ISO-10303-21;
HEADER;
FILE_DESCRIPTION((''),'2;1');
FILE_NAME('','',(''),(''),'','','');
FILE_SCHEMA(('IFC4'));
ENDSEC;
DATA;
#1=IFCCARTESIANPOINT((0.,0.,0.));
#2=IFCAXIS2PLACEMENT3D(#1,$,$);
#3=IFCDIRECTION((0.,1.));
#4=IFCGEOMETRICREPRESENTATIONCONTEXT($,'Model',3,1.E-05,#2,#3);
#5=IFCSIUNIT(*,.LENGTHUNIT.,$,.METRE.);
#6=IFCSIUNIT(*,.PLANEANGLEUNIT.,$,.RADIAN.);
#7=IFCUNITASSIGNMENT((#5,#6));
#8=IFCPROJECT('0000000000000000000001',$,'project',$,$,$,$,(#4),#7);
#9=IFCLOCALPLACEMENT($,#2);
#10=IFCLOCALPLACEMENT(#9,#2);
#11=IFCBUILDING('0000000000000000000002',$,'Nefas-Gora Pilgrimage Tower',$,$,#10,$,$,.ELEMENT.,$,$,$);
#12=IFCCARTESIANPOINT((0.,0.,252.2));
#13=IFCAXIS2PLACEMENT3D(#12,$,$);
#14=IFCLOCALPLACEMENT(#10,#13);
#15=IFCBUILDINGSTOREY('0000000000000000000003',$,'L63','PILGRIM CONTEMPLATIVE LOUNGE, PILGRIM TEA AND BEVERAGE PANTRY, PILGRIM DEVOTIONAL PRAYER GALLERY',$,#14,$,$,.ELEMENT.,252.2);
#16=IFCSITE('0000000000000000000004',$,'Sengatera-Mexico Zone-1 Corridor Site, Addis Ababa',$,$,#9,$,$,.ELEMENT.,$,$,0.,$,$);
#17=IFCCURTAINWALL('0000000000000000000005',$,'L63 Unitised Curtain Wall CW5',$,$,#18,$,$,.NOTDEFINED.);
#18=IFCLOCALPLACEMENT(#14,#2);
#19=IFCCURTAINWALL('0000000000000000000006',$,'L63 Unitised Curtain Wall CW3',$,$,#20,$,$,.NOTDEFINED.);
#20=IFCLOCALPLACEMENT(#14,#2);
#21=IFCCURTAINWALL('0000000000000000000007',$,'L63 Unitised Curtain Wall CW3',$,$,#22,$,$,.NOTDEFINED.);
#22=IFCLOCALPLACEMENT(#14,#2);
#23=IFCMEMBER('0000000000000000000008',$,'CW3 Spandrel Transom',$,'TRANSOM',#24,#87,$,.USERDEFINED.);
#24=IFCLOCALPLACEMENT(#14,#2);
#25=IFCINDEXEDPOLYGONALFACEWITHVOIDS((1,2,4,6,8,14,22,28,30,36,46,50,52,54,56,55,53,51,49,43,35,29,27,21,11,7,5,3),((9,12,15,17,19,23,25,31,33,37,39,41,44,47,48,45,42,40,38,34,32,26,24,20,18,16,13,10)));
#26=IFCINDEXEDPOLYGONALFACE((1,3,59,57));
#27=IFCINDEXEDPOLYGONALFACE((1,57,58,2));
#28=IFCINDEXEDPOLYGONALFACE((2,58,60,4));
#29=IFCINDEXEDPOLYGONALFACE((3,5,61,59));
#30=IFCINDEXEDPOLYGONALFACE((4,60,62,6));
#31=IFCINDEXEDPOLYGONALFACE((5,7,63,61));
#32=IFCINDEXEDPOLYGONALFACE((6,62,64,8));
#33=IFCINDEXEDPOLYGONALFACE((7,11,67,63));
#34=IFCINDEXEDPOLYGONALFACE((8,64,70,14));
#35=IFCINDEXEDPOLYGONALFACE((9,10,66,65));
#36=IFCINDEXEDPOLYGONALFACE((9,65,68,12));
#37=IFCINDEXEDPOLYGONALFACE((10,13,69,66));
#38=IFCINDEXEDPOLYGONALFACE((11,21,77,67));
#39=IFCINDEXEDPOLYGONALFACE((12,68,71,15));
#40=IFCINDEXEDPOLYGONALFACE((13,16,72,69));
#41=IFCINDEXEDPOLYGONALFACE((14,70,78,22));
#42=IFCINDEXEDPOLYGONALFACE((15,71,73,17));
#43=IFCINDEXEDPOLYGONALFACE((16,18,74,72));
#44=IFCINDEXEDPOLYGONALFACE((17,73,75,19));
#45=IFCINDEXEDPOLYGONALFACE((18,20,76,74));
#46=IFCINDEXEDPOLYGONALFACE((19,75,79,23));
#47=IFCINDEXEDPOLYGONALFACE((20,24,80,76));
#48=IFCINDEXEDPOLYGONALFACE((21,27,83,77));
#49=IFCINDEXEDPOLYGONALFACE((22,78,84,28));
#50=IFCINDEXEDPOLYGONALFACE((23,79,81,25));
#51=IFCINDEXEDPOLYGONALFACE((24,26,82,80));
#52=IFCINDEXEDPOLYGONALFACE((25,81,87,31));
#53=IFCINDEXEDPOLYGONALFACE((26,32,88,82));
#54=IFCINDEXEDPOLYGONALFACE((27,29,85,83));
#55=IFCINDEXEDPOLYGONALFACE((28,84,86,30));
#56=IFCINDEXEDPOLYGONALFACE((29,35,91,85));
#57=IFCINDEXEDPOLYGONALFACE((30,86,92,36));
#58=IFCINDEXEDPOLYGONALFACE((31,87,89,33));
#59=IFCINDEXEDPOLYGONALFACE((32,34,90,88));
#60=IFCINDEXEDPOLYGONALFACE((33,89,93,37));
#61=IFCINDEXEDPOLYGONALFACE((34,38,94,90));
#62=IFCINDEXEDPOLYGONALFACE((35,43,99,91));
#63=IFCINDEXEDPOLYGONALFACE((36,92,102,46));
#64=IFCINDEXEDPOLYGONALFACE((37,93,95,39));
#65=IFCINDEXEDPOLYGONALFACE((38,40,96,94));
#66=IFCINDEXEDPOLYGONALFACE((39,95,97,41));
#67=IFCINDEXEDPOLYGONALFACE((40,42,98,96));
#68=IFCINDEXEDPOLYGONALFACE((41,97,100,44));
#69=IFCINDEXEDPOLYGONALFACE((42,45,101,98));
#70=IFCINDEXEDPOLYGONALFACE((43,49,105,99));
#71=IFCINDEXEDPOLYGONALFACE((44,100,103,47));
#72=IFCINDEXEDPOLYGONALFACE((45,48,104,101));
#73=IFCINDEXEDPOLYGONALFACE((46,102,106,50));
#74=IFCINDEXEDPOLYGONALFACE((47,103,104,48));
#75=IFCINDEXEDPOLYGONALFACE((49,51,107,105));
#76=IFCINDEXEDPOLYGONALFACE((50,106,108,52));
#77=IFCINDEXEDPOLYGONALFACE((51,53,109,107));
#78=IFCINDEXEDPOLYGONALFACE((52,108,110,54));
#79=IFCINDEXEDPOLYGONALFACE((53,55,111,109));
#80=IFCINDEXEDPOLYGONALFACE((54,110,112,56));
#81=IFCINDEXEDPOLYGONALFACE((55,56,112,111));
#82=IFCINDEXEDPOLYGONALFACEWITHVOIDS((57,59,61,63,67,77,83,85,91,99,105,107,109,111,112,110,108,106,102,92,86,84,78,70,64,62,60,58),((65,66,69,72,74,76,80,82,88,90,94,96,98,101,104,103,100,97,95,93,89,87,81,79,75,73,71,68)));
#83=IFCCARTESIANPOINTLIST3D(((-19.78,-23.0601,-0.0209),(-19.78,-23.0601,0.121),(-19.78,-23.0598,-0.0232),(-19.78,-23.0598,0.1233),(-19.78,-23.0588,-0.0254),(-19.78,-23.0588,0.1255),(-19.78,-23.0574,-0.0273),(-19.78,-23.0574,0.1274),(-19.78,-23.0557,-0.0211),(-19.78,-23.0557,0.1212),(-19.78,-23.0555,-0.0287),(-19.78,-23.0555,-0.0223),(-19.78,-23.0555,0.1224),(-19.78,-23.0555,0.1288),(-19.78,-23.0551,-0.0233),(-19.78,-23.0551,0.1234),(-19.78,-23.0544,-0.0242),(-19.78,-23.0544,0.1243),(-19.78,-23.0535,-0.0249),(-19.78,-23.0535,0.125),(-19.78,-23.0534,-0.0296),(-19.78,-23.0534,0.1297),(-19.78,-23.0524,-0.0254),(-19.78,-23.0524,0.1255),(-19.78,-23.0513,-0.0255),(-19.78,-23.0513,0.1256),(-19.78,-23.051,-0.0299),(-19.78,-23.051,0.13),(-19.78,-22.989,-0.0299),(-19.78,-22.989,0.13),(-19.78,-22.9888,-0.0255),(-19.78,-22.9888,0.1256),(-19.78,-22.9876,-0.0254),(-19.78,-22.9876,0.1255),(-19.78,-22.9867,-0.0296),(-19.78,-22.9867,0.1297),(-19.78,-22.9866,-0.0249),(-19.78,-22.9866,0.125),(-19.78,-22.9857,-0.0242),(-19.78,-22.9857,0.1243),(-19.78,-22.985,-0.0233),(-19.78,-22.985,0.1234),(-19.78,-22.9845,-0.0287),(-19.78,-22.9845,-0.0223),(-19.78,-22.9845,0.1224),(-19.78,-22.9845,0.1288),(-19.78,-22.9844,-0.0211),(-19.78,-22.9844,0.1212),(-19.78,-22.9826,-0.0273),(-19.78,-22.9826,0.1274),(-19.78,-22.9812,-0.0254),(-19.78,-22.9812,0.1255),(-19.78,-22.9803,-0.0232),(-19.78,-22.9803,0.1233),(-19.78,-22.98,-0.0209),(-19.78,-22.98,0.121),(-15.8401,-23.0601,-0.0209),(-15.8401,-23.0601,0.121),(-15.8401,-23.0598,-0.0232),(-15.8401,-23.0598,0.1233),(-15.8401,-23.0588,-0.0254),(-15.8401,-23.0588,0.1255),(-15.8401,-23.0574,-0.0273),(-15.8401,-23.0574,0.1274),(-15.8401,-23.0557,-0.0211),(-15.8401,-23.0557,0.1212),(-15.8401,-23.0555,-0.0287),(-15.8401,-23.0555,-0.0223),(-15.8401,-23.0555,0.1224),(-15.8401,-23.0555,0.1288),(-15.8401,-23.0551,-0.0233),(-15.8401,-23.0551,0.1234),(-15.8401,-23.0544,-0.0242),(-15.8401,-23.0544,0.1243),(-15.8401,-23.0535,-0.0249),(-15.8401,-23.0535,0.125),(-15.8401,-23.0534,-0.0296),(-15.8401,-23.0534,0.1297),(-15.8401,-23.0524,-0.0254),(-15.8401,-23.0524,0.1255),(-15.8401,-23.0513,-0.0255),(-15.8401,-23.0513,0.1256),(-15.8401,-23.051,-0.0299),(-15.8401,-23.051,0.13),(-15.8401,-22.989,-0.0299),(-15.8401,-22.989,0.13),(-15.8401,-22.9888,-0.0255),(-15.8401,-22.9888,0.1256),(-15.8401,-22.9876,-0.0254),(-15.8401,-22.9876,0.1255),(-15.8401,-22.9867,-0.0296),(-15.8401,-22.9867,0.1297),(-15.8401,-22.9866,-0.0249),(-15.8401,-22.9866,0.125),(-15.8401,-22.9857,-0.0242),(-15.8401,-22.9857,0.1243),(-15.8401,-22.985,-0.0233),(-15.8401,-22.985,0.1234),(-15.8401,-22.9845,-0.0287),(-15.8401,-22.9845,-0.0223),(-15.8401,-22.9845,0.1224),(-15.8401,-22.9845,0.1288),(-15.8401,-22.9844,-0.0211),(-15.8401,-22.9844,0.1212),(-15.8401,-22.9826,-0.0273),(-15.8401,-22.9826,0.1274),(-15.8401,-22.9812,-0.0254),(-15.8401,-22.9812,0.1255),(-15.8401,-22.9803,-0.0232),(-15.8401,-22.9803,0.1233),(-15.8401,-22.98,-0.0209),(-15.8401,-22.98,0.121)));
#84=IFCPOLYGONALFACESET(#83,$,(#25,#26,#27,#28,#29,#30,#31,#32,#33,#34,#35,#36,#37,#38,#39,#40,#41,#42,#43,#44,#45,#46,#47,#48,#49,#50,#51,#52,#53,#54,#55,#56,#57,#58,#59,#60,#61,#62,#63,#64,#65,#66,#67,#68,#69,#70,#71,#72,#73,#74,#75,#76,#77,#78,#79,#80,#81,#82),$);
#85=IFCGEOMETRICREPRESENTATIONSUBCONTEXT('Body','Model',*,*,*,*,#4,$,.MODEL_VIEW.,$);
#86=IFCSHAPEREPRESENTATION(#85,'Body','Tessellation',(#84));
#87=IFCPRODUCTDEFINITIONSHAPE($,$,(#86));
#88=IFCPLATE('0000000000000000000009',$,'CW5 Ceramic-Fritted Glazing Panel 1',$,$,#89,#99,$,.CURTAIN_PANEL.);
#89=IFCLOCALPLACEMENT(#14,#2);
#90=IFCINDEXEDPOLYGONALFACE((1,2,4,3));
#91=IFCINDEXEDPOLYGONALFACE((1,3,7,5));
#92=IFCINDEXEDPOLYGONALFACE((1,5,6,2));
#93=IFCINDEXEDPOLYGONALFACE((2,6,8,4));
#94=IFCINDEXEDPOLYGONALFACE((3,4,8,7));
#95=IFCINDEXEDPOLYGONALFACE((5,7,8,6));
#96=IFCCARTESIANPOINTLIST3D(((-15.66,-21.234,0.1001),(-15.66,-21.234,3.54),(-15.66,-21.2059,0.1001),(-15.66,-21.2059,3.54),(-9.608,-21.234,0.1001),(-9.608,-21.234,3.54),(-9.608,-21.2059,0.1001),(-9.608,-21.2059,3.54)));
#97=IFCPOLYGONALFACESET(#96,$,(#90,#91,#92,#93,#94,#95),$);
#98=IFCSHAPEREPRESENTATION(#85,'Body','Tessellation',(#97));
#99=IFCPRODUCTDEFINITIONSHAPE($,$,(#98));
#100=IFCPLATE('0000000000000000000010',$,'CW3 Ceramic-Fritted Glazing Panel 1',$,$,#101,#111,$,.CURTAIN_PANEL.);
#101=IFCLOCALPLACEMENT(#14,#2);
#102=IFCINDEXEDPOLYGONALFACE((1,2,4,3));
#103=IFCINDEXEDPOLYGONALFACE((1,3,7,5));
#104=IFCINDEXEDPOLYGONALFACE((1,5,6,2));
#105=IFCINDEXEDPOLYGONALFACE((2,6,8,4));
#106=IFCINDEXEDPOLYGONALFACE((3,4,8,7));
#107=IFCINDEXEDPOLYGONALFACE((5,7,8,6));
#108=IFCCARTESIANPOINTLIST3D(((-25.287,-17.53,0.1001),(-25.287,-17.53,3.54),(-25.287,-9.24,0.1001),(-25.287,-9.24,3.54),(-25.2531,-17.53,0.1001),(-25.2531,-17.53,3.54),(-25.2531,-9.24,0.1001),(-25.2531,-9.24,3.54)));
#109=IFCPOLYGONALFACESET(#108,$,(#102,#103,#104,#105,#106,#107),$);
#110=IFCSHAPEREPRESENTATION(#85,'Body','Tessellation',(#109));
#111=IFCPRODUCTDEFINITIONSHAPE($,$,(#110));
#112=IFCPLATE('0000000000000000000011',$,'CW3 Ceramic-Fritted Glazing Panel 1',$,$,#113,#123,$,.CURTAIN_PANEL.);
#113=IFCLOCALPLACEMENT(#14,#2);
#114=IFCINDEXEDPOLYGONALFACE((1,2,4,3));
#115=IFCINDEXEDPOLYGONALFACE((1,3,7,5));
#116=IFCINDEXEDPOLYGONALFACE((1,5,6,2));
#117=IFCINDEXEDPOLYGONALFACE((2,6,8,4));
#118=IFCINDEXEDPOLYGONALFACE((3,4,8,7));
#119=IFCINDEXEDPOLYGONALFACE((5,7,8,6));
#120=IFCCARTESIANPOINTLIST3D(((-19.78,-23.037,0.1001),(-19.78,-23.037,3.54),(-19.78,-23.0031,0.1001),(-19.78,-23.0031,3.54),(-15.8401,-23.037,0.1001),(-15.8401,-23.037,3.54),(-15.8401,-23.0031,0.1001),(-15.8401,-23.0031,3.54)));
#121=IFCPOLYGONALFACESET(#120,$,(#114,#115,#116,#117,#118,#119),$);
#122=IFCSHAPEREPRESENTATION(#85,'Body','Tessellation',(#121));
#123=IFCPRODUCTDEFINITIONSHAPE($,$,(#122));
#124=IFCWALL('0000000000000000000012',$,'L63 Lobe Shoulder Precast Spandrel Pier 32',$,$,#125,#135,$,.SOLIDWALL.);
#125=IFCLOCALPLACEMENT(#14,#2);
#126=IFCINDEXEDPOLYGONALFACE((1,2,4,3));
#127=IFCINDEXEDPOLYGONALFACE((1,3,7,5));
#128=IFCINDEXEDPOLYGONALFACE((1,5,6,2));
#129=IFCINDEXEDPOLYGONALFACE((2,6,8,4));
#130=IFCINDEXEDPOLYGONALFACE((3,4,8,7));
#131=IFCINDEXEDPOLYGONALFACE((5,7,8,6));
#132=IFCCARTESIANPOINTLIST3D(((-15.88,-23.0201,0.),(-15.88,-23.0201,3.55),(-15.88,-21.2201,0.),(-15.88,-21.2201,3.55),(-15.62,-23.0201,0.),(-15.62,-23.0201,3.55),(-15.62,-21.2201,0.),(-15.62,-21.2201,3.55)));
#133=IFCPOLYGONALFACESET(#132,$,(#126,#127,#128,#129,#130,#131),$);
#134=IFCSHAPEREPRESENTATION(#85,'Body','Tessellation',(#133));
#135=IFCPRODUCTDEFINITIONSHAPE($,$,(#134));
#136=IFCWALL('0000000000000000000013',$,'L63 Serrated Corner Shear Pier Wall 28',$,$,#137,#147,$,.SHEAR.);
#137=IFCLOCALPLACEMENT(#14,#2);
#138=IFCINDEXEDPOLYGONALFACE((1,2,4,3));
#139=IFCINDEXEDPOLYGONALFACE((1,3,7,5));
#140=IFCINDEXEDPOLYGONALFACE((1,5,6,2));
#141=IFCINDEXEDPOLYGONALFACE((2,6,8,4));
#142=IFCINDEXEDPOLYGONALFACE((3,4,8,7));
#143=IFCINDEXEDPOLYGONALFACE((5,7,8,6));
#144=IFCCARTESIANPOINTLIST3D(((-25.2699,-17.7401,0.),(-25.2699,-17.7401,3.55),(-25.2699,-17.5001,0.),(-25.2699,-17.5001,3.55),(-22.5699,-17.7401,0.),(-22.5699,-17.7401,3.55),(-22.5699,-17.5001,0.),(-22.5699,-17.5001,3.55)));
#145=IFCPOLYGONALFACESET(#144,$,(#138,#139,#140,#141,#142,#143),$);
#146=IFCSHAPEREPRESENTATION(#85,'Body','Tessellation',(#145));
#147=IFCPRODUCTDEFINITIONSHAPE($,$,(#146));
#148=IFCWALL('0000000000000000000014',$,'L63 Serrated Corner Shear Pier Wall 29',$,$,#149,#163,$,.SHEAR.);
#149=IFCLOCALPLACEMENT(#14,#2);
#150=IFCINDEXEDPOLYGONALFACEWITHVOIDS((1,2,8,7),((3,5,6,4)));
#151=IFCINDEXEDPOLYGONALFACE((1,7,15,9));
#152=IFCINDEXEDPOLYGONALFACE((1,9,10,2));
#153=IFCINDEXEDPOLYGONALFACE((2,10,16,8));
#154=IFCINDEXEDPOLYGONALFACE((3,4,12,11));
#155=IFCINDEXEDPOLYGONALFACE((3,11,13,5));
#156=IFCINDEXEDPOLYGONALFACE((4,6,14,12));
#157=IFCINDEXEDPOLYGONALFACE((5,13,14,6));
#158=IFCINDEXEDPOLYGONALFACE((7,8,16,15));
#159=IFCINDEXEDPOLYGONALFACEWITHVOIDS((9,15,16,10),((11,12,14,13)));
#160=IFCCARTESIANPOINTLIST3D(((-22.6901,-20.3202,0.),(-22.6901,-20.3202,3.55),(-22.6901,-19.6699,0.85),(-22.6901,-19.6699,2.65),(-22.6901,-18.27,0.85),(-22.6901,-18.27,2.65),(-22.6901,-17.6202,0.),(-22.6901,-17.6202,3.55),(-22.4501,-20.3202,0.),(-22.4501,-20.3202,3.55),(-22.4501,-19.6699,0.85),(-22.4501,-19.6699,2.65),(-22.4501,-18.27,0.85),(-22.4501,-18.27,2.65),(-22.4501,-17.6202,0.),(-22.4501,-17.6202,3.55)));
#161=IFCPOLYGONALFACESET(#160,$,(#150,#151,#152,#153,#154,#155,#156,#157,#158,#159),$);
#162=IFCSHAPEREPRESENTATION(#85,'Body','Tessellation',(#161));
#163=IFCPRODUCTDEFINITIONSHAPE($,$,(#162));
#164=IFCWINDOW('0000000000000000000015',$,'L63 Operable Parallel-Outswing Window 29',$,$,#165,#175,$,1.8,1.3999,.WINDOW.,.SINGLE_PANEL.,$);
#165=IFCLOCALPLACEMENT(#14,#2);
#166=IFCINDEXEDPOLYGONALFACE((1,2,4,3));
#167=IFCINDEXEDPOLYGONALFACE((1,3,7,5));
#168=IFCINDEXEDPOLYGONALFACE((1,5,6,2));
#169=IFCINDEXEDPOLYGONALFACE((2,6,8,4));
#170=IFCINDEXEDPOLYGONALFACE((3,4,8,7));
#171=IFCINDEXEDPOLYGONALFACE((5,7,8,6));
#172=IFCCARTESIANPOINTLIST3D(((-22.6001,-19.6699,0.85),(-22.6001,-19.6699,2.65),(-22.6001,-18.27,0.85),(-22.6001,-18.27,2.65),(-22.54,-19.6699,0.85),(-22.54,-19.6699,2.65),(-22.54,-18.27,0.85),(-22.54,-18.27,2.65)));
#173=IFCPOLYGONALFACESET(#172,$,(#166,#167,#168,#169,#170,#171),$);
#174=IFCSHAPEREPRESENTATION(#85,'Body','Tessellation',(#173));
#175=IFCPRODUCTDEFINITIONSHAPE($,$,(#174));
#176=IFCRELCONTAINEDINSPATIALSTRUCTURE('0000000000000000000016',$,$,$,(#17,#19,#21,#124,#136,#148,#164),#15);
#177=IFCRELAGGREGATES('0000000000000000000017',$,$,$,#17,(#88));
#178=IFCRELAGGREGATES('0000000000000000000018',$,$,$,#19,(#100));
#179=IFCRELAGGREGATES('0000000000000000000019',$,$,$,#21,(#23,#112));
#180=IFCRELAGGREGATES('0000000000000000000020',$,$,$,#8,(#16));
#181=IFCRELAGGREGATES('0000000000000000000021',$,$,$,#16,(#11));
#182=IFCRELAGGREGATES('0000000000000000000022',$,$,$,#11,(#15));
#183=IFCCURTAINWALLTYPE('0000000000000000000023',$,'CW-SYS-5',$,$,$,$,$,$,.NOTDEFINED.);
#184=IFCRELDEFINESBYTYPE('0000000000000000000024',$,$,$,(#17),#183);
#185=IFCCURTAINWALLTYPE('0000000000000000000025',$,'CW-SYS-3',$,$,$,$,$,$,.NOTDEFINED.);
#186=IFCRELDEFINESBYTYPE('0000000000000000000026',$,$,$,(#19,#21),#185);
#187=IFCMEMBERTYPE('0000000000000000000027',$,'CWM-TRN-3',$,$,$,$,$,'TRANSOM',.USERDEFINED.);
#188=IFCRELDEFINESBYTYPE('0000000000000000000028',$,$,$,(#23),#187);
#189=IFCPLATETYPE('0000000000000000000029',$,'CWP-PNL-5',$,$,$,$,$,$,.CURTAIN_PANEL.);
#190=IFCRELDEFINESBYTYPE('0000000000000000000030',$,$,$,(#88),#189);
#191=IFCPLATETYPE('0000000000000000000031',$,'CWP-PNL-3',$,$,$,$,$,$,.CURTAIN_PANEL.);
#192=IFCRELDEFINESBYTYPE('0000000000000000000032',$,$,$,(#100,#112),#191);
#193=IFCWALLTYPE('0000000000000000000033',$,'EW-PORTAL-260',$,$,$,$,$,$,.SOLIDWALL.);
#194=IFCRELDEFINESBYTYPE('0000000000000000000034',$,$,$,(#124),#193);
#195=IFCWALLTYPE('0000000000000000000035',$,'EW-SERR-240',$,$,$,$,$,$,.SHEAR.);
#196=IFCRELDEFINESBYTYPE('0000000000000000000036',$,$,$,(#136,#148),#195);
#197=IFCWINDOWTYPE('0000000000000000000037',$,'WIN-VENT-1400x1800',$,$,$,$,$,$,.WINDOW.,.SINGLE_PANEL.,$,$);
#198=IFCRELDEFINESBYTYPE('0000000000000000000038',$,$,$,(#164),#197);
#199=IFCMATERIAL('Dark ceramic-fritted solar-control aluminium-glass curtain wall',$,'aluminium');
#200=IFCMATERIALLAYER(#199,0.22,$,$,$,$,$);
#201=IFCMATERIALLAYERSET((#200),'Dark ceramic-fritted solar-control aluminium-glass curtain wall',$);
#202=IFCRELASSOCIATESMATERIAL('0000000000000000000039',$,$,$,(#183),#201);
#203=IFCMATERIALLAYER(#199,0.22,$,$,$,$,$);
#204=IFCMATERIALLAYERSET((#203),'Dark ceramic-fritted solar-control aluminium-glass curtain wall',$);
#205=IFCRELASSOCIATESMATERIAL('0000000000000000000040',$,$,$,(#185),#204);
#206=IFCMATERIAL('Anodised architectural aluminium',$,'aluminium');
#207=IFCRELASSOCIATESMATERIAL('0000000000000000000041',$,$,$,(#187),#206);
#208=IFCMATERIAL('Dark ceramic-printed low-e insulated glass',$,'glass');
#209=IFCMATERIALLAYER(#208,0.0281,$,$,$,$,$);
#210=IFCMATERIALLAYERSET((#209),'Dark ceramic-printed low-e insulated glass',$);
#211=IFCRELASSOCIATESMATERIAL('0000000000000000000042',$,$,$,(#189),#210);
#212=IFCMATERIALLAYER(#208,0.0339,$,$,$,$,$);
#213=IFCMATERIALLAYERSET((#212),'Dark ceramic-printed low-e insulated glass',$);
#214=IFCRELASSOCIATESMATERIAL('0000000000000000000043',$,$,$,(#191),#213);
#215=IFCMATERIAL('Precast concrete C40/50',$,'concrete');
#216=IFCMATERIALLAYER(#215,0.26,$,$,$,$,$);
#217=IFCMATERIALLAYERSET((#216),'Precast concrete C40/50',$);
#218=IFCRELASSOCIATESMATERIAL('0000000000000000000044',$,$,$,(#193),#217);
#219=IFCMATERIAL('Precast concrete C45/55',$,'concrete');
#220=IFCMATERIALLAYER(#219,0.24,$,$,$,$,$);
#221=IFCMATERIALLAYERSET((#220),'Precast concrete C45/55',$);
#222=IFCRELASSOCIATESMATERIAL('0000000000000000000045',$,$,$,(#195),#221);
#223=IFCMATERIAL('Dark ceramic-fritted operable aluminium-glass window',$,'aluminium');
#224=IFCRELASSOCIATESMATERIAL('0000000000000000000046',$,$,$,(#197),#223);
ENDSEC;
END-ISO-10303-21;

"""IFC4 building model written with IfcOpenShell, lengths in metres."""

from ifc_helpers import new_model, si_unit, direction, frame, frame_2d, origin, origin_2d, place, context, subcontext, project, spatial, rectangle, hollow_rectangle, extrude, source, transform, mapped, material, layer, layer_set, material_profile, profile_set, type_object, element, fill, aggregate, save


model = new_model("IFC4")

# Units and contexts
model_context = context("Model", 3, precision=1e-05, world=origin(), true_north=direction((0.0, 1.0)))
body_context = subcontext(model_context, "Body", "Model", "MODEL_VIEW")
ifc_project = project(units=[si_unit("LENGTHUNIT", "METRE"), si_unit("PLANEANGLEUNIT", "RADIAN")], contexts=[model_context])

# Site, building, storey
site_placement = place(None, origin())
site = spatial("IfcSite", under=ifc_project, at=site_placement, Name="Sengatera-Mexico Zone-1 Corridor Site, Addis Ababa", CompositionType="ELEMENT", RefElevation=0.0)
building_placement = place(site_placement, origin())
building = spatial("IfcBuilding", under=site, at=building_placement, Name="Nefas-Gora Pilgrimage Tower", CompositionType="ELEMENT")
storey_placement = place(building_placement, frame((0.0, 0.0, 252.2)))
storey = spatial("IfcBuildingStorey", under=building, at=storey_placement, Name="L63", Description="PILGRIM CONTEMPLATIVE LOUNGE, PILGRIM TEA AND BEVERAGE PANTRY, PILGRIM DEVOTIONAL PRAYER GALLERY", CompositionType="ELEMENT", Elevation=252.2)

# Curtain wall
ifc_material_1 = material(Name="Dark ceramic-fritted solar-control aluminium-glass curtain wall", Category="aluminium")
ifc_layer_1 = layer(ifc_material_1, 0.22)
ifc_layer_set_1 = layer_set([ifc_layer_1], Name="Dark ceramic-fritted solar-control aluminium-glass curtain wall")
curtain_wall_type_1 = type_object("IfcCurtainWallType", Name="CW-SYS-5", PredefinedType="NOTDEFINED", material=ifc_layer_set_1)
curtain_wall_1_placement = place(storey_placement, origin())
curtain_wall_1 = element("IfcCurtainWall", 1, at=curtain_wall_1_placement, inside=storey, type_object=curtain_wall_type_1, Name="L63 Unitised Curtain Wall CW5", PredefinedType="NOTDEFINED")
ifc_material_2 = material(Name="Anodised architectural aluminium", Category="aluminium")

# Curtain wall
ifc_layer_2 = layer(ifc_material_1, 0.22)
ifc_layer_set_2 = layer_set([ifc_layer_2], Name="Dark ceramic-fritted solar-control aluminium-glass curtain wall")
curtain_wall_type_2 = type_object("IfcCurtainWallType", Name="CW-SYS-3", PredefinedType="NOTDEFINED", material=ifc_layer_set_2)
curtain_wall_2_placement = place(storey_placement, origin())
curtain_wall_2 = element("IfcCurtainWall", 2, at=curtain_wall_2_placement, inside=storey, type_object=curtain_wall_type_2, Name="L63 Unitised Curtain Wall CW3", PredefinedType="NOTDEFINED")

# Curtain wall, member
curtain_wall_3_placement = place(storey_placement, origin())
curtain_wall_3 = element("IfcCurtainWall", 3, at=curtain_wall_3_placement, inside=storey, type_object=curtain_wall_type_2, Name="L63 Unitised Curtain Wall CW3", PredefinedType="NOTDEFINED")
ifc_material_profile_1 = material_profile(ifc_material_2, hollow_rectangle(XDim=0.0801, YDim=0.1599, WallThickness=0.0044, InnerFilletRadius=0.0044, OuterFilletRadius=0.009, at=origin_2d()), Name="ALU TRANSOM 80x160")
ifc_profile_set_1 = profile_set([ifc_material_profile_1], Name="Anodised architectural aluminium")
member_type_1 = type_object("IfcMemberType", Name="CWM-TRN-3", ElementType="TRANSOM", PredefinedType="USERDEFINED", material=ifc_profile_set_1)
shared_shape_1 = source(origin(), body_context, "Body", "SweptSolid", [
    extrude(hollow_rectangle(XDim=0.0801, YDim=0.1599, WallThickness=0.0044, InnerFilletRadius=0.0044, OuterFilletRadius=0.009, at=origin_2d()), origin(), (0.0, 0.0, 1.0), 3.9399),
])
member_1_placement = place(storey_placement, frame((-19.78, -23.02, 0.05), z_axis=(1.0, 0.0, 0.0), x_axis=(0.0, 1.0, 0.0)))
member_1 = element("IfcMember", 4, at=member_1_placement, type_object=member_type_1, Name="CW3 Spandrel Transom", ObjectType="TRANSOM", PredefinedType="USERDEFINED", context=body_context, shape_type="MappedRepresentation", body=[
    mapped(shared_shape_1, transform((0.0, 0.0, 0.0), x_axis=(1.0, 0.0, 0.0), y_axis=(0.0, 1.0, 0.0), z_axis=(0.0, 0.0, 1.0), scale=1.0)),
])

# Plates
ifc_material_3 = material(Name="Dark ceramic-printed low-e insulated glass", Category="glass")
ifc_layer_3 = layer(ifc_material_3, 0.0281)
ifc_layer_set_3 = layer_set([ifc_layer_3], Name="Dark ceramic-printed low-e insulated glass")
plate_type_1 = type_object("IfcPlateType", Name="CWP-PNL-5", PredefinedType="CURTAIN_PANEL", material=ifc_layer_set_3)
shared_shape_2 = source(origin(), body_context, "Body", "SweptSolid", [
    extrude(rectangle(XDim=6.052, YDim=0.0281, at=origin_2d()), origin(), (0.0, 0.0, 1.0), 3.4399),
])
plate_1_placement = place(storey_placement, frame((-12.634, -21.22, 0.1001), z_axis=(0.0, 0.0, 1.0), x_axis=(1.0, 0.0, 0.0)))
plate_1 = element("IfcPlate", 5, at=plate_1_placement, type_object=plate_type_1, Name="CW5 Ceramic-Fritted Glazing Panel 1", PredefinedType="CURTAIN_PANEL", context=body_context, shape_type="MappedRepresentation", body=[
    mapped(shared_shape_2, transform((0.0, 0.0, 0.0), x_axis=(1.0, 0.0, 0.0), y_axis=(0.0, 1.0, 0.0), z_axis=(0.0, 0.0, 1.0), scale=1.0)),
])
aggregate(curtain_wall_1, [plate_1])
ifc_layer_4 = layer(ifc_material_3, 0.0339)
ifc_layer_set_4 = layer_set([ifc_layer_4], Name="Dark ceramic-printed low-e insulated glass")
plate_type_2 = type_object("IfcPlateType", Name="CWP-PNL-3", PredefinedType="CURTAIN_PANEL", material=ifc_layer_set_4)
shared_shape_3 = source(origin(), body_context, "Body", "SweptSolid", [
    extrude(rectangle(XDim=8.29, YDim=0.0339, at=origin_2d()), origin(), (0.0, 0.0, 1.0), 3.4399),
])
plate_2_placement = place(storey_placement, frame((-25.27, -13.385, 0.1001), z_axis=(0.0, 0.0, 1.0), x_axis=(0.0, -1.0, 0.0)))
plate_2 = element("IfcPlate", 6, at=plate_2_placement, type_object=plate_type_2, Name="CW3 Ceramic-Fritted Glazing Panel 1", PredefinedType="CURTAIN_PANEL", context=body_context, shape_type="MappedRepresentation", body=[
    mapped(shared_shape_3, transform((0.0, 0.0, 0.0), x_axis=(1.0, 0.0, 0.0), y_axis=(0.0, 1.0, 0.0), z_axis=(0.0, 0.0, 1.0), scale=1.0)),
])
aggregate(curtain_wall_2, [plate_2])
shared_shape_4 = source(origin(), body_context, "Body", "SweptSolid", [
    extrude(rectangle(XDim=3.9399, YDim=0.0339, at=origin_2d()), origin(), (0.0, 0.0, 1.0), 3.4399),
])
plate_3_placement = place(storey_placement, frame((-17.8101, -23.02, 0.1001), z_axis=(0.0, 0.0, 1.0), x_axis=(1.0, 0.0, 0.0)))
plate_3 = element("IfcPlate", 7, at=plate_3_placement, type_object=plate_type_2, Name="CW3 Ceramic-Fritted Glazing Panel 1", PredefinedType="CURTAIN_PANEL", context=body_context, shape_type="MappedRepresentation", body=[
    mapped(shared_shape_4, transform((0.0, 0.0, 0.0), x_axis=(1.0, 0.0, 0.0), y_axis=(0.0, 1.0, 0.0), z_axis=(0.0, 0.0, 1.0), scale=1.0)),
])
aggregate(curtain_wall_3, [member_1, plate_3])

# Walls
ifc_material_4 = material(Name="Precast concrete C40/50", Category="concrete")
ifc_layer_5 = layer(ifc_material_4, 0.26)
ifc_layer_set_5 = layer_set([ifc_layer_5], Name="Precast concrete C40/50")
wall_type_1 = type_object("IfcWallType", Name="EW-PORTAL-260", PredefinedType="SOLIDWALL", material=ifc_layer_set_5)
shared_shape_5 = source(origin(), body_context, "Body", "SweptSolid", [
    extrude(rectangle(XDim=1.8, YDim=0.26, at=frame_2d((0.8999, 0.0))), origin(), (0.0, 0.0, 1.0), 3.55),
])
wall_1_placement = place(storey_placement, frame((-15.75, -23.02, 0.0), z_axis=(0.0, 0.0, 1.0), x_axis=(0.0, 1.0, 0.0)))
element("IfcWall", 8, at=wall_1_placement, inside=storey, type_object=wall_type_1, Name="L63 Lobe Shoulder Precast Spandrel Pier 32", PredefinedType="SOLIDWALL", context=body_context, shape_type="MappedRepresentation", body=[
    mapped(shared_shape_5, transform((0.0, 0.0, 0.0), x_axis=(1.0, 0.0, 0.0), y_axis=(0.0, 1.0, 0.0), z_axis=(0.0, 0.0, 1.0), scale=1.0)),
])
ifc_material_5 = material(Name="Precast concrete C45/55", Category="concrete")
ifc_layer_6 = layer(ifc_material_5, 0.24)
ifc_layer_set_6 = layer_set([ifc_layer_6], Name="Precast concrete C45/55")
wall_type_2 = type_object("IfcWallType", Name="EW-SERR-240", PredefinedType="SHEAR", material=ifc_layer_set_6)
shared_shape_6 = source(origin(), body_context, "Body", "SweptSolid", [
    extrude(rectangle(XDim=2.7, YDim=0.24, at=frame_2d((1.3501, 0.0))), origin(), (0.0, 0.0, 1.0), 3.55),
])
wall_2_placement = place(storey_placement, frame((-25.27, -17.6201, 0.0), z_axis=(0.0, 0.0, 1.0), x_axis=(1.0, 0.0, 0.0)))
element("IfcWall", 9, at=wall_2_placement, inside=storey, type_object=wall_type_2, Name="L63 Serrated Corner Shear Pier Wall 28", PredefinedType="SHEAR", context=body_context, shape_type="MappedRepresentation", body=[
    mapped(shared_shape_6, transform((0.0, 0.0, 0.0), x_axis=(1.0, 0.0, 0.0), y_axis=(0.0, 1.0, 0.0), z_axis=(0.0, 0.0, 1.0), scale=1.0)),
])

# Wall, opening, window
wall_3_placement = place(storey_placement, frame((-22.5701, -17.6201, 0.0), z_axis=(0.0, 0.0, 1.0), x_axis=(0.0, -1.0, 0.0)))
wall_3 = element("IfcWall", 10, at=wall_3_placement, inside=storey, type_object=wall_type_2, Name="L63 Serrated Corner Shear Pier Wall 29", PredefinedType="SHEAR", context=body_context, shape_type="MappedRepresentation", body=[
    mapped(shared_shape_6, transform((0.0, 0.0, 0.0), x_axis=(1.0, 0.0, 0.0), y_axis=(0.0, 1.0, 0.0), z_axis=(0.0, 0.0, 1.0), scale=1.0)),
])
opening_1_placement = place(wall_3_placement, frame((0.6499, 0.0, 0.8501)))
opening_1 = element("IfcOpeningElement", 11, at=opening_1_placement, cuts=wall_3, PredefinedType="OPENING", context=body_context, shape_type="SweptSolid", body=[
    extrude(rectangle(XDim=1.3999, YDim=1.8, at=frame_2d((0.7, 0.8999))), frame((0.0, 0.1299, 0.0), z_axis=(0.0, -1.0, 0.0), x_axis=(1.0, 0.0, 0.0)), (0.0, 0.0, 1.0), 0.26),
])
ifc_material_6 = material(Name="Dark ceramic-fritted operable aluminium-glass window", Category="aluminium")
window_type = type_object("IfcWindowType", Name="WIN-VENT-1400x1800", PartitioningType="SINGLE_PANEL", PredefinedType="WINDOW", material=ifc_material_6)
shared_shape_7 = source(origin(), body_context, "Body", "SweptSolid", [
    extrude(rectangle(XDim=1.3999, YDim=1.8, at=frame_2d((0.7, 0.8999))), frame((0.0, 0.03, 0.0), z_axis=(0.0, -1.0, 0.0), x_axis=(1.0, 0.0, 0.0)), (0.0, 0.0, 1.0), 0.0601),
])
window_placement = place(opening_1_placement, origin())
window = element("IfcWindow", 12, at=window_placement, inside=storey, type_object=window_type, Name="L63 Operable Parallel-Outswing Window 29", OverallHeight=1.8, OverallWidth=1.3999, PartitioningType="SINGLE_PANEL", PredefinedType="WINDOW", context=body_context, shape_type="MappedRepresentation", body=[
    mapped(shared_shape_7, transform((0.0, 0.0, 0.0), x_axis=(1.0, 0.0, 0.0), y_axis=(0.0, 1.0, 0.0), z_axis=(0.0, 0.0, 1.0), scale=1.0)),
])
fill(opening_1, window)

save(model, "model.ifc")
